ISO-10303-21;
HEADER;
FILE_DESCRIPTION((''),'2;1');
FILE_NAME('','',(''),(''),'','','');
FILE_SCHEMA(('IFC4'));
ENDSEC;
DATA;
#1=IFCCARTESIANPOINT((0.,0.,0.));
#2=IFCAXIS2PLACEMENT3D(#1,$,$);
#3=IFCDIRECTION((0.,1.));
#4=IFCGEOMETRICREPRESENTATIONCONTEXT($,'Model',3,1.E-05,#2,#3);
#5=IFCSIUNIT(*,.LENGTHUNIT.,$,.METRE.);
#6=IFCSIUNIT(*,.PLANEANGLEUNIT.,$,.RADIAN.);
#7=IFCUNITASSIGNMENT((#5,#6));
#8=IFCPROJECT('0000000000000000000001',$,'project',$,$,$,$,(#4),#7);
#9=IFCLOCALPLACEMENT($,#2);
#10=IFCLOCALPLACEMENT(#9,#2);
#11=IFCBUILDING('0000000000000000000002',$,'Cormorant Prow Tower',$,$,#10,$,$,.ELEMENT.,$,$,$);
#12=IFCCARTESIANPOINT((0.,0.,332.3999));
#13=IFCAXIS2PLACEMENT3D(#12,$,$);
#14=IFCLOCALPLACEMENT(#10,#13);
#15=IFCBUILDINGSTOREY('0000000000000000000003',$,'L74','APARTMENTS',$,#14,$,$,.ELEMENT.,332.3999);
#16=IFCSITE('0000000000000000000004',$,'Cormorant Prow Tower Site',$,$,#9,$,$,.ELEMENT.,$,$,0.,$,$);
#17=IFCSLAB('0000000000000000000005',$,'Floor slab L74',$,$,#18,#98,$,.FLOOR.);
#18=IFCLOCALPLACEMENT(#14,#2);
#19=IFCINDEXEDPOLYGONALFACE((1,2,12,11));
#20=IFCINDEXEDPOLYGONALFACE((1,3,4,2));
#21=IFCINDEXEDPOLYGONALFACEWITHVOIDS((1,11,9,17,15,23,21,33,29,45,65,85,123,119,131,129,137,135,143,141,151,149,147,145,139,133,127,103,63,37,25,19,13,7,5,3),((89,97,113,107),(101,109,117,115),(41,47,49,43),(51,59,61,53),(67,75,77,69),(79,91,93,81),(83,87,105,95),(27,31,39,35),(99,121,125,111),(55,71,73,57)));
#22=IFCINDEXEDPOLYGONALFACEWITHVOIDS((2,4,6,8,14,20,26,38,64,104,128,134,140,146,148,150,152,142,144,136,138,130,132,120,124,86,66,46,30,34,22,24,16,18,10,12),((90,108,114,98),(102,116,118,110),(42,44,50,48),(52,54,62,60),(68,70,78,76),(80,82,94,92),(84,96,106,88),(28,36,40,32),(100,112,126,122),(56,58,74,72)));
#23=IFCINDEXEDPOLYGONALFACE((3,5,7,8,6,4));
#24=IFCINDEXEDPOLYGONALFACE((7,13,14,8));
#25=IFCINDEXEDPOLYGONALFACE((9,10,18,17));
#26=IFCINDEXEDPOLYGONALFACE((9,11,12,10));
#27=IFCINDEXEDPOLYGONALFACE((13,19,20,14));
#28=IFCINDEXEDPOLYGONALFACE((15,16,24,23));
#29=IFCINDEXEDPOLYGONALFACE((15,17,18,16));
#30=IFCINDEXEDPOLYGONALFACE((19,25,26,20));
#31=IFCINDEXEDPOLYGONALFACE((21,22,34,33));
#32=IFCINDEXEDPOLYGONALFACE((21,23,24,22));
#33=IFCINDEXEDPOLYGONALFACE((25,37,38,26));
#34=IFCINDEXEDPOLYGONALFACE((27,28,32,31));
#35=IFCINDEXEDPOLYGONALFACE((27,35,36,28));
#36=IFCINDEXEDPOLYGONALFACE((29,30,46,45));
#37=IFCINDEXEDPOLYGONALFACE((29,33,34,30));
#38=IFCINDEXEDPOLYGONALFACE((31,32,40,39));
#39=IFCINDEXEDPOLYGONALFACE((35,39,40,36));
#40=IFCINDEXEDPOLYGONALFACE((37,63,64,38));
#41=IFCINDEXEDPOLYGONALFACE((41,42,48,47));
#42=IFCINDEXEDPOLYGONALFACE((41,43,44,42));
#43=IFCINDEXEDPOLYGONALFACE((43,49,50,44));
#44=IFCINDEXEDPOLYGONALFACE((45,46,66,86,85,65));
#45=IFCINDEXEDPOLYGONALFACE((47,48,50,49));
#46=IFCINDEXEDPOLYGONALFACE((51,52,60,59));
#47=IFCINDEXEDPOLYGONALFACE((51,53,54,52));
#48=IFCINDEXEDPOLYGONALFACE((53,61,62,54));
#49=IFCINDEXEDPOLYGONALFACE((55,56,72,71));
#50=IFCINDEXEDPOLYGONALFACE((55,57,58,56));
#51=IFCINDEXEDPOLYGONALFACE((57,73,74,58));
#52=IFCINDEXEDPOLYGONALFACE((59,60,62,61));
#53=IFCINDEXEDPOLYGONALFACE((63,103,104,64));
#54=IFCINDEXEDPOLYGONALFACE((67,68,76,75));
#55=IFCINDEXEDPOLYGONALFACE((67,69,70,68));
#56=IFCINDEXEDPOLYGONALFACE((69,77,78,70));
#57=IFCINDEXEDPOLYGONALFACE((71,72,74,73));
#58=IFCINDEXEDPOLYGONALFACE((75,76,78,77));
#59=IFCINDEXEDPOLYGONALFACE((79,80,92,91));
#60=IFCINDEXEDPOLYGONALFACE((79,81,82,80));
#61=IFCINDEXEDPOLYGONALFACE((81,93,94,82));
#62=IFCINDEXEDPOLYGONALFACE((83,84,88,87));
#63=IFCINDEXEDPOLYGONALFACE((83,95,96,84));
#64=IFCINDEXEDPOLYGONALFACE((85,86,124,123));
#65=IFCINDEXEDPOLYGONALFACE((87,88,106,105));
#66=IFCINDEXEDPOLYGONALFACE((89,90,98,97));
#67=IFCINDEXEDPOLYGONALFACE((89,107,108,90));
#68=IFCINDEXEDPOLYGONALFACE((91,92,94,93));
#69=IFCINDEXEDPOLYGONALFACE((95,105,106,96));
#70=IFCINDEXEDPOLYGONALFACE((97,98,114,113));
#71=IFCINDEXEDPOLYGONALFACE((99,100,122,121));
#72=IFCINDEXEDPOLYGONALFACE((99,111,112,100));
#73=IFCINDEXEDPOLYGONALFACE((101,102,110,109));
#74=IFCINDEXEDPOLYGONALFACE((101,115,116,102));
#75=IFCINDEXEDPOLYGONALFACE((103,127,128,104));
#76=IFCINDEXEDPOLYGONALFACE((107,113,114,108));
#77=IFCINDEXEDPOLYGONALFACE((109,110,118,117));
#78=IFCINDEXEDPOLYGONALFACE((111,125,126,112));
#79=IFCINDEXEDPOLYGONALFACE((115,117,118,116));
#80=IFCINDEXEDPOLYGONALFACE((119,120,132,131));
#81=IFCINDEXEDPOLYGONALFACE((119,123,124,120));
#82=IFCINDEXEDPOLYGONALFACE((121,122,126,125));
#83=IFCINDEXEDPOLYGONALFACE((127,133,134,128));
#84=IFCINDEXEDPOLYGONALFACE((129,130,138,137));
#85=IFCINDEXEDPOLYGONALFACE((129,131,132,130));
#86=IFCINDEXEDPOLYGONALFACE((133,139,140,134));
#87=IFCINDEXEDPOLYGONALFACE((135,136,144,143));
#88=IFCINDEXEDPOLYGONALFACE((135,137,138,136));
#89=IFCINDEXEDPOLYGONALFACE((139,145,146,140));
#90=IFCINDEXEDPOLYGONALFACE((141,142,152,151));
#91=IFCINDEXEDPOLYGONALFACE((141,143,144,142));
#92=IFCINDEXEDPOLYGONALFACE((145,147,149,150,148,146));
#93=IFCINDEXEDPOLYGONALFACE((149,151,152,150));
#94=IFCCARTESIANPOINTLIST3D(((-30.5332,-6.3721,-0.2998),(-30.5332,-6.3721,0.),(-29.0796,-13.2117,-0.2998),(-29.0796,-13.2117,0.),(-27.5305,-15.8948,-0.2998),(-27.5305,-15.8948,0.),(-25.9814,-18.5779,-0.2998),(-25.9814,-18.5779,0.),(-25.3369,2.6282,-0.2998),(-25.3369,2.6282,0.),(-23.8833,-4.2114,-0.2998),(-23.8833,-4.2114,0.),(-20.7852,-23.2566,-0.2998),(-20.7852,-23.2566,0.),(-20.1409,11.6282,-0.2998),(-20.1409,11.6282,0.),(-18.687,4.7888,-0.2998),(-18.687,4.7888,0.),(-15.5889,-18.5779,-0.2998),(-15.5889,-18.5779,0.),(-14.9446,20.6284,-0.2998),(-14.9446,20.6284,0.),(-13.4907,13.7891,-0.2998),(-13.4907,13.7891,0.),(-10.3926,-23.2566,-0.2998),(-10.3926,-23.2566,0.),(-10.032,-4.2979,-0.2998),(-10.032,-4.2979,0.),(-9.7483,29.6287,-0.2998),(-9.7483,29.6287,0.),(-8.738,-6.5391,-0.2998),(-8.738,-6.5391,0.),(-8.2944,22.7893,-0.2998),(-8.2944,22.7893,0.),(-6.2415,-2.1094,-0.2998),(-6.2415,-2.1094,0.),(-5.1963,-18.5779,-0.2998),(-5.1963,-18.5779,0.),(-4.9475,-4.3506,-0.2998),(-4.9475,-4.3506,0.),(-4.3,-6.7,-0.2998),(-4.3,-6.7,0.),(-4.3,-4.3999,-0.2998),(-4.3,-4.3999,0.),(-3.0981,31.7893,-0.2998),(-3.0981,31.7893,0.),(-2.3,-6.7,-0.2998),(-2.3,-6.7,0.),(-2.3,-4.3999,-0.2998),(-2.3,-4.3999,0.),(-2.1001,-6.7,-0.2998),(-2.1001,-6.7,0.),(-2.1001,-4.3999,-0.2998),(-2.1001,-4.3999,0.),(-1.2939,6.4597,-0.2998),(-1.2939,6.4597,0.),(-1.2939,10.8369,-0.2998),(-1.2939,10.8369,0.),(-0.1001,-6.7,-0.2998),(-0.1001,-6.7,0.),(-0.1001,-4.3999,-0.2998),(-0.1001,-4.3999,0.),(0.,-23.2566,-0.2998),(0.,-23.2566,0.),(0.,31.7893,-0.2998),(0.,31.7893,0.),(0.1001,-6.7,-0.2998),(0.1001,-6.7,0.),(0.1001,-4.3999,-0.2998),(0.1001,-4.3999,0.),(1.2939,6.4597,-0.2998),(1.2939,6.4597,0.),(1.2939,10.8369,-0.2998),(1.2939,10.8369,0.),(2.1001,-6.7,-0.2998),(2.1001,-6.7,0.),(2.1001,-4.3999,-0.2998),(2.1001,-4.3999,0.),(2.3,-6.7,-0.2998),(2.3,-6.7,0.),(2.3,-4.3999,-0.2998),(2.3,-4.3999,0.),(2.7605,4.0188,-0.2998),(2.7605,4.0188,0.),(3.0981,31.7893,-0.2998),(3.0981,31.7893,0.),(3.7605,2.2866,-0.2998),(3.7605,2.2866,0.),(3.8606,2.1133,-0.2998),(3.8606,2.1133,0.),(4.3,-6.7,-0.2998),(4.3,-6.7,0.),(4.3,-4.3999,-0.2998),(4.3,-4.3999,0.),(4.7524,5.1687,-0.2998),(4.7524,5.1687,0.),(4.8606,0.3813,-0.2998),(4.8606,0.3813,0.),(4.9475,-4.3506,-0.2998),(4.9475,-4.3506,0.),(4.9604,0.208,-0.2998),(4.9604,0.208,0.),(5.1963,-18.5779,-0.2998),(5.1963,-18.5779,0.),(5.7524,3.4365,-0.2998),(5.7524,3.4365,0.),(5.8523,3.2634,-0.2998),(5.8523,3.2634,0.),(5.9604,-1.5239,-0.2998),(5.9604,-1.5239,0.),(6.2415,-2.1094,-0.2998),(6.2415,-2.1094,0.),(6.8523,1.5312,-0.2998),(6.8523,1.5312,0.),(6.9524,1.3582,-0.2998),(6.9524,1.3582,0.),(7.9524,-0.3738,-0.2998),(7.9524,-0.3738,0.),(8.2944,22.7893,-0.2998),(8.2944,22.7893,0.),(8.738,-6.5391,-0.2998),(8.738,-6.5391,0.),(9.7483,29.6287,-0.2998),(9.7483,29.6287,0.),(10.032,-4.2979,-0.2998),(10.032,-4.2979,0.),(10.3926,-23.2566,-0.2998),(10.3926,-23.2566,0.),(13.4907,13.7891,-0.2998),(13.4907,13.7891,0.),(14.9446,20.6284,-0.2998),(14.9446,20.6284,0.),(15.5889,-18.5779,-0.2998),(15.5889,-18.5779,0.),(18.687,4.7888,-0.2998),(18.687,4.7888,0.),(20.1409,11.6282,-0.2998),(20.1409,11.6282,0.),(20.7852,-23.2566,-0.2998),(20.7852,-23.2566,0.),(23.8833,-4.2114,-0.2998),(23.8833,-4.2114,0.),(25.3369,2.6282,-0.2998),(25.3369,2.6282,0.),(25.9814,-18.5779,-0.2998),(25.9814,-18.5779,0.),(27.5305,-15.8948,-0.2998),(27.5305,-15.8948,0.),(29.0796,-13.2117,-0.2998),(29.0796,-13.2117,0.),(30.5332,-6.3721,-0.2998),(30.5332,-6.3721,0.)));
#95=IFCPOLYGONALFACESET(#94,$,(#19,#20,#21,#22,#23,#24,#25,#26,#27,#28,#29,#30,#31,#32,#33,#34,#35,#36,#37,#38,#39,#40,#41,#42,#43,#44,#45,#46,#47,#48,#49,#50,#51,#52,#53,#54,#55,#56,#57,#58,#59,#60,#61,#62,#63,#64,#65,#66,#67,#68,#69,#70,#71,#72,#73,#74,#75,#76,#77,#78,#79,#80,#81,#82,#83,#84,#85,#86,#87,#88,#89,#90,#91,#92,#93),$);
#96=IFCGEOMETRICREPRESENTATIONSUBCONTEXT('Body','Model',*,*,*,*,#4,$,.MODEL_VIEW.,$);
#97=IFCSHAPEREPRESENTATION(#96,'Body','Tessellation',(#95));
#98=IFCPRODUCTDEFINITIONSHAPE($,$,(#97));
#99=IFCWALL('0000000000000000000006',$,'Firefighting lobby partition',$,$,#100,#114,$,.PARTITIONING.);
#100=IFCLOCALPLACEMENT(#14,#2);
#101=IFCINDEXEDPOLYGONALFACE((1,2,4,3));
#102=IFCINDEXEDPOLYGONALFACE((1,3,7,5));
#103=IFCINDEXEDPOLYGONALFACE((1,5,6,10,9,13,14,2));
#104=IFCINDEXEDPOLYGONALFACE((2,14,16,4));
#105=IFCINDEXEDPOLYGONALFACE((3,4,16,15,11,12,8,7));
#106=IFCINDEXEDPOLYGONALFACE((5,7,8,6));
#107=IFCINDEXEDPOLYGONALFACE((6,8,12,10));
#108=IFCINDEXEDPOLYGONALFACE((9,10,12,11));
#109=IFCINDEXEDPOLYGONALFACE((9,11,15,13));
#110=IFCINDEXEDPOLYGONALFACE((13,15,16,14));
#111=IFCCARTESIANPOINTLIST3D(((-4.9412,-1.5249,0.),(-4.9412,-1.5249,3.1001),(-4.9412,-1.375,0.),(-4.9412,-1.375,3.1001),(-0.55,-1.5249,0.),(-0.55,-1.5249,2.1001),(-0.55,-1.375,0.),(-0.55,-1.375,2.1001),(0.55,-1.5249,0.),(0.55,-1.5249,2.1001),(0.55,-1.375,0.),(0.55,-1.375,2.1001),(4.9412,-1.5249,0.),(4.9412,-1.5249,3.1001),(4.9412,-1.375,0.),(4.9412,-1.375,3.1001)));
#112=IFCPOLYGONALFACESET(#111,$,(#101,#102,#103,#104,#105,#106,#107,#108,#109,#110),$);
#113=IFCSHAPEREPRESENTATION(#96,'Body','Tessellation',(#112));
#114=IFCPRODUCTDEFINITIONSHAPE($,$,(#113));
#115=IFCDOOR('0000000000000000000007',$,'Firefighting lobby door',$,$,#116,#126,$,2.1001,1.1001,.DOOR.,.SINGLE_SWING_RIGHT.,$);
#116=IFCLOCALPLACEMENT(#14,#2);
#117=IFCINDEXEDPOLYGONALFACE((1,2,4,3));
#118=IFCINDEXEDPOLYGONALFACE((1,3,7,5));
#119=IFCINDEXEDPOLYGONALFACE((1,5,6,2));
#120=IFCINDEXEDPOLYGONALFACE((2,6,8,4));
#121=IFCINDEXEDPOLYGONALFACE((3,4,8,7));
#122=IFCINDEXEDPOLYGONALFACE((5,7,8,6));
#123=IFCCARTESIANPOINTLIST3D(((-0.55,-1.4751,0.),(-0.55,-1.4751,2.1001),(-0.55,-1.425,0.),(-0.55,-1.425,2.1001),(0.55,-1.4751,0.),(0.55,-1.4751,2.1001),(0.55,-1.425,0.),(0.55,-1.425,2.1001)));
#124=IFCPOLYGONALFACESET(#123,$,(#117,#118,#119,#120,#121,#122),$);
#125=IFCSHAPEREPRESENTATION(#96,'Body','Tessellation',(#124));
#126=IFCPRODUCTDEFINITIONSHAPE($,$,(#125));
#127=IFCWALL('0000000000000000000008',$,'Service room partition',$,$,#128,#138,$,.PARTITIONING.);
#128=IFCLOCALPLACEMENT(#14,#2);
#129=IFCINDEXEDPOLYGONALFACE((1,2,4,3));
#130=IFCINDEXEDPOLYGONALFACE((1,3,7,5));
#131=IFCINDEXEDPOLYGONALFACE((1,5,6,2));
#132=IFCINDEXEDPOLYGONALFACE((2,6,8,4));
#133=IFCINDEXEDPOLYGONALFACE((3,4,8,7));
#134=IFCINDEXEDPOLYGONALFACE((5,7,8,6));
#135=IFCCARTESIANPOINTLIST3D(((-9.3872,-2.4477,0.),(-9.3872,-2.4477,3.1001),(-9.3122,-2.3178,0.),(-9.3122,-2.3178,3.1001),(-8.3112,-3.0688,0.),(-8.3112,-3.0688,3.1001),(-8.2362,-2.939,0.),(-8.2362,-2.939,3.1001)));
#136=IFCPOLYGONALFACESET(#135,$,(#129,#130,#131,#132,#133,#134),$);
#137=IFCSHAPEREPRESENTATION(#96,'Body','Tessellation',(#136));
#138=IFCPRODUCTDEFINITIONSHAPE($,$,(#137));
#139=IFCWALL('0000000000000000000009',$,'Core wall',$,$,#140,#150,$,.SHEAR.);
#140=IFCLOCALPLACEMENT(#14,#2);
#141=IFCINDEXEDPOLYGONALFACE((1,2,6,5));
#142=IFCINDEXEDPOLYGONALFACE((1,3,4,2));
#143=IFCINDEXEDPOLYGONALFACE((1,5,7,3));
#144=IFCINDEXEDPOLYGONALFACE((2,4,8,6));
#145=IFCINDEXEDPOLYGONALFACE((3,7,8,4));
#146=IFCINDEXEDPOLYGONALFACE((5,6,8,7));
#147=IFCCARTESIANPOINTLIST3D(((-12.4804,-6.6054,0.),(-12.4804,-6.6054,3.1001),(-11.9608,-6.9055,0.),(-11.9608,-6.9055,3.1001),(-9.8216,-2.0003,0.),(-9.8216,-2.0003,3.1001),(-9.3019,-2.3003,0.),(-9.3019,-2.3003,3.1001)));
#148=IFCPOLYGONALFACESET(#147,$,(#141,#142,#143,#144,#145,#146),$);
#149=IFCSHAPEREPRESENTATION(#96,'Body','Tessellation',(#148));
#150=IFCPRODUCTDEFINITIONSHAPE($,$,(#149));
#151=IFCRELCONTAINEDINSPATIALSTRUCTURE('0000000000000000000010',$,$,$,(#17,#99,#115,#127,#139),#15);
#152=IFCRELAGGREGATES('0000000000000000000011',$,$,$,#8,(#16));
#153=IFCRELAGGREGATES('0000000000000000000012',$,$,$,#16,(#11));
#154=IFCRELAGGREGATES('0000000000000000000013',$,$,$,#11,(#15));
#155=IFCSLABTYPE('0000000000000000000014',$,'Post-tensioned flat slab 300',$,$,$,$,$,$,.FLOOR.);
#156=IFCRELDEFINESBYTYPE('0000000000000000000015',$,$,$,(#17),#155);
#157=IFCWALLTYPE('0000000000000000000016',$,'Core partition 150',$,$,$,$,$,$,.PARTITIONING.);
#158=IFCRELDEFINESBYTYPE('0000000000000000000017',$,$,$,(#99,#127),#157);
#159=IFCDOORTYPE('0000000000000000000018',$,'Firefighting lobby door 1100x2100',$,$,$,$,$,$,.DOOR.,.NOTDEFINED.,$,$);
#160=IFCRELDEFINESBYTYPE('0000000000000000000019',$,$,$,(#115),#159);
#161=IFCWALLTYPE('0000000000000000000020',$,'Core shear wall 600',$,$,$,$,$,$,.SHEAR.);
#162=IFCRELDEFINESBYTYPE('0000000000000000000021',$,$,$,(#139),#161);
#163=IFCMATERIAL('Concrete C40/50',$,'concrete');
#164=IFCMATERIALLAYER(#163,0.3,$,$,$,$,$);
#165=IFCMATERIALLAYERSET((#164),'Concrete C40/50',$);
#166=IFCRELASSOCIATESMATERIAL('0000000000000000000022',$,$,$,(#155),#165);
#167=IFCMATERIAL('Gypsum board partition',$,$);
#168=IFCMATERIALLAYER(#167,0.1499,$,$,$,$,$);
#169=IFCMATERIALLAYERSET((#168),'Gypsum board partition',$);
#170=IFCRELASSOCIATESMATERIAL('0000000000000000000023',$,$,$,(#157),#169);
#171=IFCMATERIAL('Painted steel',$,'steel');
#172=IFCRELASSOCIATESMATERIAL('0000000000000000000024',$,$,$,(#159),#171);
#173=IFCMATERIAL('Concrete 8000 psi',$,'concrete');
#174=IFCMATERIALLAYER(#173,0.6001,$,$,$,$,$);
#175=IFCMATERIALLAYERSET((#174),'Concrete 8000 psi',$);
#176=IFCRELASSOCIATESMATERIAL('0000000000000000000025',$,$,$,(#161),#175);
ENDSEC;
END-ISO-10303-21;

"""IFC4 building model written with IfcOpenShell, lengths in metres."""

from ifc_helpers import new_model, si_unit, direction, frame, frame_2d, origin, place, context, subcontext, project, spatial, polyline, rectangle, outline, extrude, material, layer, layer_set, type_object, element, fill, save


model = new_model("IFC4")

# Units and contexts
model_context = context("Model", 3, precision=1e-05, world=origin(), true_north=direction((0.0, 1.0)))
body_context = subcontext(model_context, "Body", "Model", "MODEL_VIEW")
ifc_project = project(units=[si_unit("LENGTHUNIT", "METRE"), si_unit("PLANEANGLEUNIT", "RADIAN")], contexts=[model_context])

# Site, building, storey
site_placement = place(None, origin())
site = spatial("IfcSite", under=ifc_project, at=site_placement, Name="Cormorant Prow Tower Site", CompositionType="ELEMENT", RefElevation=0.0)
building_placement = place(site_placement, origin())
building = spatial("IfcBuilding", under=site, at=building_placement, Name="Cormorant Prow Tower", CompositionType="ELEMENT")
storey_placement = place(building_placement, frame((0.0, 0.0, 332.3999)))
storey = spatial("IfcBuildingStorey", under=building, at=storey_placement, Name="L74", Description="APARTMENTS", CompositionType="ELEMENT", Elevation=332.3999)

# Slab
ifc_material_1 = material(Name="Concrete C40/50", Category="concrete")
ifc_layer_1 = layer(ifc_material_1, 0.3)
ifc_layer_set_1 = layer_set([ifc_layer_1], Name="Concrete C40/50")
slab_type_1 = type_object("IfcSlabType", Name="Post-tensioned flat slab 300", PredefinedType="FLOOR", material=ifc_layer_set_1)
slab_1_placement = place(storey_placement, frame((0.0, 0.0, -0.2998)))
element("IfcSlab", 1, at=slab_1_placement, inside=storey, type_object=slab_type_1, Name="Floor slab L74", PredefinedType="FLOOR", context=body_context, shape_type="SweptSolid", body=[
    extrude(outline(polyline([(-8.2944, 22.7893), (-14.9446, 20.6284), (-13.4907, 13.7891), (-20.1409, 11.6282), (-18.687, 4.7888), (-25.3369, 2.6282), (-23.8833, -4.2114), (-30.5332, -6.3721), (-29.0796, -13.2117), (-27.5305, -15.8948), (-25.9814, -18.5779), (-20.7852, -23.2566), (-15.5889, -18.5779), (-10.3926, -23.2566), (-5.1963, -18.5779), (0.0, -23.2566), (5.1963, -18.5779), (10.3926, -23.2566), (15.5889, -18.5779), (20.7852, -23.2566), (25.9814, -18.5779), (27.5305, -15.8948), (29.0796, -13.2117), (30.5332, -6.3721), (23.8833, -4.2114), (25.3369, 2.6282), (18.687, 4.7888), (20.1409, 11.6282), (13.4907, 13.7891), (14.9446, 20.6284), (8.2944, 22.7893), (9.7483, 29.6287), (3.0981, 31.7893), (0.0, 31.7893), (-3.0981, 31.7893), (-9.7483, 29.6287), (-8.2944, 22.7893)]), holes=[polyline([(-4.3, -4.3999), (-2.3, -4.3999), (-2.3, -6.7), (-4.3, -6.7), (-4.3, -4.3999)]), polyline([(-0.1001, -4.3999), (-0.1001, -6.7), (-2.1001, -6.7), (-2.1001, -4.3999), (-0.1001, -4.3999)]), polyline([(2.1001, -6.7), (0.1001, -6.7), (0.1001, -4.3999), (2.1001, -4.3999), (2.1001, -6.7)]), polyline([(2.3, -6.7), (2.3, -4.3999), (4.3, -4.3999), (4.3, -6.7), (2.3, -6.7)]), polyline([(5.9604, -1.5239), (4.9604, 0.208), (6.9524, 1.3582), (7.9524, -0.3738), (5.9604, -1.5239)]), polyline([(3.8606, 2.1133), (5.8523, 3.2634), (6.8523, 1.5312), (4.8606, 0.3813), (3.8606, 2.1133)]), polyline([(4.7524, 5.1687), (5.7524, 3.4365), (3.7605, 2.2866), (2.7605, 4.0188), (4.7524, 5.1687)]), polyline([(-4.9475, -4.3506), (-8.738, -6.5391), (-10.032, -4.2979), (-6.2415, -2.1094), (-4.9475, -4.3506)]), polyline([(10.032, -4.2979), (8.738, -6.5391), (4.9475, -4.3506), (6.2415, -2.1094), (10.032, -4.2979)]), polyline([(1.2939, 10.8369), (1.2939, 6.4597), (-1.2939, 6.4597), (-1.2939, 10.8369), (1.2939, 10.8369)])]), origin(), (0.0, 0.0, 1.0), 0.2998),
])

# Wall, opening, door
ifc_material_2 = material(Name="Gypsum board partition")
ifc_layer_2 = layer(ifc_material_2, 0.1499)
ifc_layer_set_2 = layer_set([ifc_layer_2], Name="Gypsum board partition")
wall_type_1 = type_object("IfcWallType", Name="Core partition 150", PredefinedType="PARTITIONING", material=ifc_layer_set_2)
wall_1_placement = place(storey_placement, frame((-4.9412, -1.45, 0.0), z_axis=(0.0, 0.0, 1.0), x_axis=(1.0, 0.0, 0.0)))
wall_1 = element("IfcWall", 2, at=wall_1_placement, inside=storey, type_object=wall_type_1, Name="Firefighting lobby partition", PredefinedType="PARTITIONING", context=body_context, shape_type="SweptSolid", body=[
    extrude(rectangle(XDim=9.8823, YDim=0.1499, at=frame_2d((4.9412, 0.0))), origin(), (0.0, 0.0, 1.0), 3.1001),
])
opening_1_placement = place(wall_1_placement, frame((4.3911, 0.0, 0.0)))
opening_1 = element("IfcOpeningElement", 3, at=opening_1_placement, cuts=wall_1, PredefinedType="OPENING", context=body_context, shape_type="SweptSolid", body=[
    extrude(rectangle(XDim=1.1001, YDim=2.1001, at=frame_2d((0.55, 1.05))), frame((0.0, 0.085, 0.0), z_axis=(0.0, -1.0, 0.0), x_axis=(1.0, 0.0, 0.0)), (0.0, 0.0, 1.0), 0.1699),
])
ifc_material_3 = material(Name="Painted steel", Category="steel")
door_type_1 = type_object("IfcDoorType", Name="Firefighting lobby door 1100x2100", OperationType="NOTDEFINED", PredefinedType="DOOR", material=ifc_material_3)
door_1_placement = place(opening_1_placement, origin())
door_1 = element("IfcDoor", 4, at=door_1_placement, inside=storey, type_object=door_type_1, Name="Firefighting lobby door", OperationType="SINGLE_SWING_RIGHT", OverallHeight=2.1001, OverallWidth=1.1001, PredefinedType="DOOR", context=body_context, shape_type="SweptSolid", body=[
    extrude(rectangle(XDim=1.1001, YDim=2.1001, at=frame_2d((0.55, 1.05))), frame((0.0, 0.0249, 0.0), z_axis=(0.0, -1.0, 0.0), x_axis=(1.0, 0.0, 0.0)), (0.0, 0.0, 1.0), 0.05),
])
fill(opening_1, door_1)

# Walls
wall_2_placement = place(storey_placement, frame((-9.3496, -2.3828, 0.0), z_axis=(0.0, 0.0, 1.0), x_axis=(0.866058, -0.499944, 0.0)))
element("IfcWall", 5, at=wall_2_placement, inside=storey, type_object=wall_type_1, Name="Service room partition", PredefinedType="PARTITIONING", context=body_context, shape_type="SweptSolid", body=[
    extrude(rectangle(XDim=1.2424, YDim=0.1499, at=frame_2d((0.6211, 0.0))), origin(), (0.0, 0.0, 1.0), 3.1001),
])
ifc_material_4 = material(Name="Concrete 8000 psi", Category="concrete")
ifc_layer_3 = layer(ifc_material_4, 0.6001)
ifc_layer_set_3 = layer_set([ifc_layer_3], Name="Concrete 8000 psi")
wall_type_2 = type_object("IfcWallType", Name="Core shear wall 600", PredefinedType="SHEAR", material=ifc_layer_set_3)
wall_3_placement = place(storey_placement, frame((-9.5618, -2.1504, 0.0), z_axis=(0.0, 0.0, 1.0), x_axis=(-0.500015, -0.866017, 0.0)))
element("IfcWall", 6, at=wall_3_placement, inside=storey, type_object=wall_type_2, Name="Core wall", PredefinedType="SHEAR", context=body_context, shape_type="SweptSolid", body=[
    extrude(rectangle(XDim=5.3176, YDim=0.6001, at=frame_2d((2.6587, 0.0))), origin(), (0.0, 0.0, 1.0), 3.1001),
])

save(model, "model.ifc")
